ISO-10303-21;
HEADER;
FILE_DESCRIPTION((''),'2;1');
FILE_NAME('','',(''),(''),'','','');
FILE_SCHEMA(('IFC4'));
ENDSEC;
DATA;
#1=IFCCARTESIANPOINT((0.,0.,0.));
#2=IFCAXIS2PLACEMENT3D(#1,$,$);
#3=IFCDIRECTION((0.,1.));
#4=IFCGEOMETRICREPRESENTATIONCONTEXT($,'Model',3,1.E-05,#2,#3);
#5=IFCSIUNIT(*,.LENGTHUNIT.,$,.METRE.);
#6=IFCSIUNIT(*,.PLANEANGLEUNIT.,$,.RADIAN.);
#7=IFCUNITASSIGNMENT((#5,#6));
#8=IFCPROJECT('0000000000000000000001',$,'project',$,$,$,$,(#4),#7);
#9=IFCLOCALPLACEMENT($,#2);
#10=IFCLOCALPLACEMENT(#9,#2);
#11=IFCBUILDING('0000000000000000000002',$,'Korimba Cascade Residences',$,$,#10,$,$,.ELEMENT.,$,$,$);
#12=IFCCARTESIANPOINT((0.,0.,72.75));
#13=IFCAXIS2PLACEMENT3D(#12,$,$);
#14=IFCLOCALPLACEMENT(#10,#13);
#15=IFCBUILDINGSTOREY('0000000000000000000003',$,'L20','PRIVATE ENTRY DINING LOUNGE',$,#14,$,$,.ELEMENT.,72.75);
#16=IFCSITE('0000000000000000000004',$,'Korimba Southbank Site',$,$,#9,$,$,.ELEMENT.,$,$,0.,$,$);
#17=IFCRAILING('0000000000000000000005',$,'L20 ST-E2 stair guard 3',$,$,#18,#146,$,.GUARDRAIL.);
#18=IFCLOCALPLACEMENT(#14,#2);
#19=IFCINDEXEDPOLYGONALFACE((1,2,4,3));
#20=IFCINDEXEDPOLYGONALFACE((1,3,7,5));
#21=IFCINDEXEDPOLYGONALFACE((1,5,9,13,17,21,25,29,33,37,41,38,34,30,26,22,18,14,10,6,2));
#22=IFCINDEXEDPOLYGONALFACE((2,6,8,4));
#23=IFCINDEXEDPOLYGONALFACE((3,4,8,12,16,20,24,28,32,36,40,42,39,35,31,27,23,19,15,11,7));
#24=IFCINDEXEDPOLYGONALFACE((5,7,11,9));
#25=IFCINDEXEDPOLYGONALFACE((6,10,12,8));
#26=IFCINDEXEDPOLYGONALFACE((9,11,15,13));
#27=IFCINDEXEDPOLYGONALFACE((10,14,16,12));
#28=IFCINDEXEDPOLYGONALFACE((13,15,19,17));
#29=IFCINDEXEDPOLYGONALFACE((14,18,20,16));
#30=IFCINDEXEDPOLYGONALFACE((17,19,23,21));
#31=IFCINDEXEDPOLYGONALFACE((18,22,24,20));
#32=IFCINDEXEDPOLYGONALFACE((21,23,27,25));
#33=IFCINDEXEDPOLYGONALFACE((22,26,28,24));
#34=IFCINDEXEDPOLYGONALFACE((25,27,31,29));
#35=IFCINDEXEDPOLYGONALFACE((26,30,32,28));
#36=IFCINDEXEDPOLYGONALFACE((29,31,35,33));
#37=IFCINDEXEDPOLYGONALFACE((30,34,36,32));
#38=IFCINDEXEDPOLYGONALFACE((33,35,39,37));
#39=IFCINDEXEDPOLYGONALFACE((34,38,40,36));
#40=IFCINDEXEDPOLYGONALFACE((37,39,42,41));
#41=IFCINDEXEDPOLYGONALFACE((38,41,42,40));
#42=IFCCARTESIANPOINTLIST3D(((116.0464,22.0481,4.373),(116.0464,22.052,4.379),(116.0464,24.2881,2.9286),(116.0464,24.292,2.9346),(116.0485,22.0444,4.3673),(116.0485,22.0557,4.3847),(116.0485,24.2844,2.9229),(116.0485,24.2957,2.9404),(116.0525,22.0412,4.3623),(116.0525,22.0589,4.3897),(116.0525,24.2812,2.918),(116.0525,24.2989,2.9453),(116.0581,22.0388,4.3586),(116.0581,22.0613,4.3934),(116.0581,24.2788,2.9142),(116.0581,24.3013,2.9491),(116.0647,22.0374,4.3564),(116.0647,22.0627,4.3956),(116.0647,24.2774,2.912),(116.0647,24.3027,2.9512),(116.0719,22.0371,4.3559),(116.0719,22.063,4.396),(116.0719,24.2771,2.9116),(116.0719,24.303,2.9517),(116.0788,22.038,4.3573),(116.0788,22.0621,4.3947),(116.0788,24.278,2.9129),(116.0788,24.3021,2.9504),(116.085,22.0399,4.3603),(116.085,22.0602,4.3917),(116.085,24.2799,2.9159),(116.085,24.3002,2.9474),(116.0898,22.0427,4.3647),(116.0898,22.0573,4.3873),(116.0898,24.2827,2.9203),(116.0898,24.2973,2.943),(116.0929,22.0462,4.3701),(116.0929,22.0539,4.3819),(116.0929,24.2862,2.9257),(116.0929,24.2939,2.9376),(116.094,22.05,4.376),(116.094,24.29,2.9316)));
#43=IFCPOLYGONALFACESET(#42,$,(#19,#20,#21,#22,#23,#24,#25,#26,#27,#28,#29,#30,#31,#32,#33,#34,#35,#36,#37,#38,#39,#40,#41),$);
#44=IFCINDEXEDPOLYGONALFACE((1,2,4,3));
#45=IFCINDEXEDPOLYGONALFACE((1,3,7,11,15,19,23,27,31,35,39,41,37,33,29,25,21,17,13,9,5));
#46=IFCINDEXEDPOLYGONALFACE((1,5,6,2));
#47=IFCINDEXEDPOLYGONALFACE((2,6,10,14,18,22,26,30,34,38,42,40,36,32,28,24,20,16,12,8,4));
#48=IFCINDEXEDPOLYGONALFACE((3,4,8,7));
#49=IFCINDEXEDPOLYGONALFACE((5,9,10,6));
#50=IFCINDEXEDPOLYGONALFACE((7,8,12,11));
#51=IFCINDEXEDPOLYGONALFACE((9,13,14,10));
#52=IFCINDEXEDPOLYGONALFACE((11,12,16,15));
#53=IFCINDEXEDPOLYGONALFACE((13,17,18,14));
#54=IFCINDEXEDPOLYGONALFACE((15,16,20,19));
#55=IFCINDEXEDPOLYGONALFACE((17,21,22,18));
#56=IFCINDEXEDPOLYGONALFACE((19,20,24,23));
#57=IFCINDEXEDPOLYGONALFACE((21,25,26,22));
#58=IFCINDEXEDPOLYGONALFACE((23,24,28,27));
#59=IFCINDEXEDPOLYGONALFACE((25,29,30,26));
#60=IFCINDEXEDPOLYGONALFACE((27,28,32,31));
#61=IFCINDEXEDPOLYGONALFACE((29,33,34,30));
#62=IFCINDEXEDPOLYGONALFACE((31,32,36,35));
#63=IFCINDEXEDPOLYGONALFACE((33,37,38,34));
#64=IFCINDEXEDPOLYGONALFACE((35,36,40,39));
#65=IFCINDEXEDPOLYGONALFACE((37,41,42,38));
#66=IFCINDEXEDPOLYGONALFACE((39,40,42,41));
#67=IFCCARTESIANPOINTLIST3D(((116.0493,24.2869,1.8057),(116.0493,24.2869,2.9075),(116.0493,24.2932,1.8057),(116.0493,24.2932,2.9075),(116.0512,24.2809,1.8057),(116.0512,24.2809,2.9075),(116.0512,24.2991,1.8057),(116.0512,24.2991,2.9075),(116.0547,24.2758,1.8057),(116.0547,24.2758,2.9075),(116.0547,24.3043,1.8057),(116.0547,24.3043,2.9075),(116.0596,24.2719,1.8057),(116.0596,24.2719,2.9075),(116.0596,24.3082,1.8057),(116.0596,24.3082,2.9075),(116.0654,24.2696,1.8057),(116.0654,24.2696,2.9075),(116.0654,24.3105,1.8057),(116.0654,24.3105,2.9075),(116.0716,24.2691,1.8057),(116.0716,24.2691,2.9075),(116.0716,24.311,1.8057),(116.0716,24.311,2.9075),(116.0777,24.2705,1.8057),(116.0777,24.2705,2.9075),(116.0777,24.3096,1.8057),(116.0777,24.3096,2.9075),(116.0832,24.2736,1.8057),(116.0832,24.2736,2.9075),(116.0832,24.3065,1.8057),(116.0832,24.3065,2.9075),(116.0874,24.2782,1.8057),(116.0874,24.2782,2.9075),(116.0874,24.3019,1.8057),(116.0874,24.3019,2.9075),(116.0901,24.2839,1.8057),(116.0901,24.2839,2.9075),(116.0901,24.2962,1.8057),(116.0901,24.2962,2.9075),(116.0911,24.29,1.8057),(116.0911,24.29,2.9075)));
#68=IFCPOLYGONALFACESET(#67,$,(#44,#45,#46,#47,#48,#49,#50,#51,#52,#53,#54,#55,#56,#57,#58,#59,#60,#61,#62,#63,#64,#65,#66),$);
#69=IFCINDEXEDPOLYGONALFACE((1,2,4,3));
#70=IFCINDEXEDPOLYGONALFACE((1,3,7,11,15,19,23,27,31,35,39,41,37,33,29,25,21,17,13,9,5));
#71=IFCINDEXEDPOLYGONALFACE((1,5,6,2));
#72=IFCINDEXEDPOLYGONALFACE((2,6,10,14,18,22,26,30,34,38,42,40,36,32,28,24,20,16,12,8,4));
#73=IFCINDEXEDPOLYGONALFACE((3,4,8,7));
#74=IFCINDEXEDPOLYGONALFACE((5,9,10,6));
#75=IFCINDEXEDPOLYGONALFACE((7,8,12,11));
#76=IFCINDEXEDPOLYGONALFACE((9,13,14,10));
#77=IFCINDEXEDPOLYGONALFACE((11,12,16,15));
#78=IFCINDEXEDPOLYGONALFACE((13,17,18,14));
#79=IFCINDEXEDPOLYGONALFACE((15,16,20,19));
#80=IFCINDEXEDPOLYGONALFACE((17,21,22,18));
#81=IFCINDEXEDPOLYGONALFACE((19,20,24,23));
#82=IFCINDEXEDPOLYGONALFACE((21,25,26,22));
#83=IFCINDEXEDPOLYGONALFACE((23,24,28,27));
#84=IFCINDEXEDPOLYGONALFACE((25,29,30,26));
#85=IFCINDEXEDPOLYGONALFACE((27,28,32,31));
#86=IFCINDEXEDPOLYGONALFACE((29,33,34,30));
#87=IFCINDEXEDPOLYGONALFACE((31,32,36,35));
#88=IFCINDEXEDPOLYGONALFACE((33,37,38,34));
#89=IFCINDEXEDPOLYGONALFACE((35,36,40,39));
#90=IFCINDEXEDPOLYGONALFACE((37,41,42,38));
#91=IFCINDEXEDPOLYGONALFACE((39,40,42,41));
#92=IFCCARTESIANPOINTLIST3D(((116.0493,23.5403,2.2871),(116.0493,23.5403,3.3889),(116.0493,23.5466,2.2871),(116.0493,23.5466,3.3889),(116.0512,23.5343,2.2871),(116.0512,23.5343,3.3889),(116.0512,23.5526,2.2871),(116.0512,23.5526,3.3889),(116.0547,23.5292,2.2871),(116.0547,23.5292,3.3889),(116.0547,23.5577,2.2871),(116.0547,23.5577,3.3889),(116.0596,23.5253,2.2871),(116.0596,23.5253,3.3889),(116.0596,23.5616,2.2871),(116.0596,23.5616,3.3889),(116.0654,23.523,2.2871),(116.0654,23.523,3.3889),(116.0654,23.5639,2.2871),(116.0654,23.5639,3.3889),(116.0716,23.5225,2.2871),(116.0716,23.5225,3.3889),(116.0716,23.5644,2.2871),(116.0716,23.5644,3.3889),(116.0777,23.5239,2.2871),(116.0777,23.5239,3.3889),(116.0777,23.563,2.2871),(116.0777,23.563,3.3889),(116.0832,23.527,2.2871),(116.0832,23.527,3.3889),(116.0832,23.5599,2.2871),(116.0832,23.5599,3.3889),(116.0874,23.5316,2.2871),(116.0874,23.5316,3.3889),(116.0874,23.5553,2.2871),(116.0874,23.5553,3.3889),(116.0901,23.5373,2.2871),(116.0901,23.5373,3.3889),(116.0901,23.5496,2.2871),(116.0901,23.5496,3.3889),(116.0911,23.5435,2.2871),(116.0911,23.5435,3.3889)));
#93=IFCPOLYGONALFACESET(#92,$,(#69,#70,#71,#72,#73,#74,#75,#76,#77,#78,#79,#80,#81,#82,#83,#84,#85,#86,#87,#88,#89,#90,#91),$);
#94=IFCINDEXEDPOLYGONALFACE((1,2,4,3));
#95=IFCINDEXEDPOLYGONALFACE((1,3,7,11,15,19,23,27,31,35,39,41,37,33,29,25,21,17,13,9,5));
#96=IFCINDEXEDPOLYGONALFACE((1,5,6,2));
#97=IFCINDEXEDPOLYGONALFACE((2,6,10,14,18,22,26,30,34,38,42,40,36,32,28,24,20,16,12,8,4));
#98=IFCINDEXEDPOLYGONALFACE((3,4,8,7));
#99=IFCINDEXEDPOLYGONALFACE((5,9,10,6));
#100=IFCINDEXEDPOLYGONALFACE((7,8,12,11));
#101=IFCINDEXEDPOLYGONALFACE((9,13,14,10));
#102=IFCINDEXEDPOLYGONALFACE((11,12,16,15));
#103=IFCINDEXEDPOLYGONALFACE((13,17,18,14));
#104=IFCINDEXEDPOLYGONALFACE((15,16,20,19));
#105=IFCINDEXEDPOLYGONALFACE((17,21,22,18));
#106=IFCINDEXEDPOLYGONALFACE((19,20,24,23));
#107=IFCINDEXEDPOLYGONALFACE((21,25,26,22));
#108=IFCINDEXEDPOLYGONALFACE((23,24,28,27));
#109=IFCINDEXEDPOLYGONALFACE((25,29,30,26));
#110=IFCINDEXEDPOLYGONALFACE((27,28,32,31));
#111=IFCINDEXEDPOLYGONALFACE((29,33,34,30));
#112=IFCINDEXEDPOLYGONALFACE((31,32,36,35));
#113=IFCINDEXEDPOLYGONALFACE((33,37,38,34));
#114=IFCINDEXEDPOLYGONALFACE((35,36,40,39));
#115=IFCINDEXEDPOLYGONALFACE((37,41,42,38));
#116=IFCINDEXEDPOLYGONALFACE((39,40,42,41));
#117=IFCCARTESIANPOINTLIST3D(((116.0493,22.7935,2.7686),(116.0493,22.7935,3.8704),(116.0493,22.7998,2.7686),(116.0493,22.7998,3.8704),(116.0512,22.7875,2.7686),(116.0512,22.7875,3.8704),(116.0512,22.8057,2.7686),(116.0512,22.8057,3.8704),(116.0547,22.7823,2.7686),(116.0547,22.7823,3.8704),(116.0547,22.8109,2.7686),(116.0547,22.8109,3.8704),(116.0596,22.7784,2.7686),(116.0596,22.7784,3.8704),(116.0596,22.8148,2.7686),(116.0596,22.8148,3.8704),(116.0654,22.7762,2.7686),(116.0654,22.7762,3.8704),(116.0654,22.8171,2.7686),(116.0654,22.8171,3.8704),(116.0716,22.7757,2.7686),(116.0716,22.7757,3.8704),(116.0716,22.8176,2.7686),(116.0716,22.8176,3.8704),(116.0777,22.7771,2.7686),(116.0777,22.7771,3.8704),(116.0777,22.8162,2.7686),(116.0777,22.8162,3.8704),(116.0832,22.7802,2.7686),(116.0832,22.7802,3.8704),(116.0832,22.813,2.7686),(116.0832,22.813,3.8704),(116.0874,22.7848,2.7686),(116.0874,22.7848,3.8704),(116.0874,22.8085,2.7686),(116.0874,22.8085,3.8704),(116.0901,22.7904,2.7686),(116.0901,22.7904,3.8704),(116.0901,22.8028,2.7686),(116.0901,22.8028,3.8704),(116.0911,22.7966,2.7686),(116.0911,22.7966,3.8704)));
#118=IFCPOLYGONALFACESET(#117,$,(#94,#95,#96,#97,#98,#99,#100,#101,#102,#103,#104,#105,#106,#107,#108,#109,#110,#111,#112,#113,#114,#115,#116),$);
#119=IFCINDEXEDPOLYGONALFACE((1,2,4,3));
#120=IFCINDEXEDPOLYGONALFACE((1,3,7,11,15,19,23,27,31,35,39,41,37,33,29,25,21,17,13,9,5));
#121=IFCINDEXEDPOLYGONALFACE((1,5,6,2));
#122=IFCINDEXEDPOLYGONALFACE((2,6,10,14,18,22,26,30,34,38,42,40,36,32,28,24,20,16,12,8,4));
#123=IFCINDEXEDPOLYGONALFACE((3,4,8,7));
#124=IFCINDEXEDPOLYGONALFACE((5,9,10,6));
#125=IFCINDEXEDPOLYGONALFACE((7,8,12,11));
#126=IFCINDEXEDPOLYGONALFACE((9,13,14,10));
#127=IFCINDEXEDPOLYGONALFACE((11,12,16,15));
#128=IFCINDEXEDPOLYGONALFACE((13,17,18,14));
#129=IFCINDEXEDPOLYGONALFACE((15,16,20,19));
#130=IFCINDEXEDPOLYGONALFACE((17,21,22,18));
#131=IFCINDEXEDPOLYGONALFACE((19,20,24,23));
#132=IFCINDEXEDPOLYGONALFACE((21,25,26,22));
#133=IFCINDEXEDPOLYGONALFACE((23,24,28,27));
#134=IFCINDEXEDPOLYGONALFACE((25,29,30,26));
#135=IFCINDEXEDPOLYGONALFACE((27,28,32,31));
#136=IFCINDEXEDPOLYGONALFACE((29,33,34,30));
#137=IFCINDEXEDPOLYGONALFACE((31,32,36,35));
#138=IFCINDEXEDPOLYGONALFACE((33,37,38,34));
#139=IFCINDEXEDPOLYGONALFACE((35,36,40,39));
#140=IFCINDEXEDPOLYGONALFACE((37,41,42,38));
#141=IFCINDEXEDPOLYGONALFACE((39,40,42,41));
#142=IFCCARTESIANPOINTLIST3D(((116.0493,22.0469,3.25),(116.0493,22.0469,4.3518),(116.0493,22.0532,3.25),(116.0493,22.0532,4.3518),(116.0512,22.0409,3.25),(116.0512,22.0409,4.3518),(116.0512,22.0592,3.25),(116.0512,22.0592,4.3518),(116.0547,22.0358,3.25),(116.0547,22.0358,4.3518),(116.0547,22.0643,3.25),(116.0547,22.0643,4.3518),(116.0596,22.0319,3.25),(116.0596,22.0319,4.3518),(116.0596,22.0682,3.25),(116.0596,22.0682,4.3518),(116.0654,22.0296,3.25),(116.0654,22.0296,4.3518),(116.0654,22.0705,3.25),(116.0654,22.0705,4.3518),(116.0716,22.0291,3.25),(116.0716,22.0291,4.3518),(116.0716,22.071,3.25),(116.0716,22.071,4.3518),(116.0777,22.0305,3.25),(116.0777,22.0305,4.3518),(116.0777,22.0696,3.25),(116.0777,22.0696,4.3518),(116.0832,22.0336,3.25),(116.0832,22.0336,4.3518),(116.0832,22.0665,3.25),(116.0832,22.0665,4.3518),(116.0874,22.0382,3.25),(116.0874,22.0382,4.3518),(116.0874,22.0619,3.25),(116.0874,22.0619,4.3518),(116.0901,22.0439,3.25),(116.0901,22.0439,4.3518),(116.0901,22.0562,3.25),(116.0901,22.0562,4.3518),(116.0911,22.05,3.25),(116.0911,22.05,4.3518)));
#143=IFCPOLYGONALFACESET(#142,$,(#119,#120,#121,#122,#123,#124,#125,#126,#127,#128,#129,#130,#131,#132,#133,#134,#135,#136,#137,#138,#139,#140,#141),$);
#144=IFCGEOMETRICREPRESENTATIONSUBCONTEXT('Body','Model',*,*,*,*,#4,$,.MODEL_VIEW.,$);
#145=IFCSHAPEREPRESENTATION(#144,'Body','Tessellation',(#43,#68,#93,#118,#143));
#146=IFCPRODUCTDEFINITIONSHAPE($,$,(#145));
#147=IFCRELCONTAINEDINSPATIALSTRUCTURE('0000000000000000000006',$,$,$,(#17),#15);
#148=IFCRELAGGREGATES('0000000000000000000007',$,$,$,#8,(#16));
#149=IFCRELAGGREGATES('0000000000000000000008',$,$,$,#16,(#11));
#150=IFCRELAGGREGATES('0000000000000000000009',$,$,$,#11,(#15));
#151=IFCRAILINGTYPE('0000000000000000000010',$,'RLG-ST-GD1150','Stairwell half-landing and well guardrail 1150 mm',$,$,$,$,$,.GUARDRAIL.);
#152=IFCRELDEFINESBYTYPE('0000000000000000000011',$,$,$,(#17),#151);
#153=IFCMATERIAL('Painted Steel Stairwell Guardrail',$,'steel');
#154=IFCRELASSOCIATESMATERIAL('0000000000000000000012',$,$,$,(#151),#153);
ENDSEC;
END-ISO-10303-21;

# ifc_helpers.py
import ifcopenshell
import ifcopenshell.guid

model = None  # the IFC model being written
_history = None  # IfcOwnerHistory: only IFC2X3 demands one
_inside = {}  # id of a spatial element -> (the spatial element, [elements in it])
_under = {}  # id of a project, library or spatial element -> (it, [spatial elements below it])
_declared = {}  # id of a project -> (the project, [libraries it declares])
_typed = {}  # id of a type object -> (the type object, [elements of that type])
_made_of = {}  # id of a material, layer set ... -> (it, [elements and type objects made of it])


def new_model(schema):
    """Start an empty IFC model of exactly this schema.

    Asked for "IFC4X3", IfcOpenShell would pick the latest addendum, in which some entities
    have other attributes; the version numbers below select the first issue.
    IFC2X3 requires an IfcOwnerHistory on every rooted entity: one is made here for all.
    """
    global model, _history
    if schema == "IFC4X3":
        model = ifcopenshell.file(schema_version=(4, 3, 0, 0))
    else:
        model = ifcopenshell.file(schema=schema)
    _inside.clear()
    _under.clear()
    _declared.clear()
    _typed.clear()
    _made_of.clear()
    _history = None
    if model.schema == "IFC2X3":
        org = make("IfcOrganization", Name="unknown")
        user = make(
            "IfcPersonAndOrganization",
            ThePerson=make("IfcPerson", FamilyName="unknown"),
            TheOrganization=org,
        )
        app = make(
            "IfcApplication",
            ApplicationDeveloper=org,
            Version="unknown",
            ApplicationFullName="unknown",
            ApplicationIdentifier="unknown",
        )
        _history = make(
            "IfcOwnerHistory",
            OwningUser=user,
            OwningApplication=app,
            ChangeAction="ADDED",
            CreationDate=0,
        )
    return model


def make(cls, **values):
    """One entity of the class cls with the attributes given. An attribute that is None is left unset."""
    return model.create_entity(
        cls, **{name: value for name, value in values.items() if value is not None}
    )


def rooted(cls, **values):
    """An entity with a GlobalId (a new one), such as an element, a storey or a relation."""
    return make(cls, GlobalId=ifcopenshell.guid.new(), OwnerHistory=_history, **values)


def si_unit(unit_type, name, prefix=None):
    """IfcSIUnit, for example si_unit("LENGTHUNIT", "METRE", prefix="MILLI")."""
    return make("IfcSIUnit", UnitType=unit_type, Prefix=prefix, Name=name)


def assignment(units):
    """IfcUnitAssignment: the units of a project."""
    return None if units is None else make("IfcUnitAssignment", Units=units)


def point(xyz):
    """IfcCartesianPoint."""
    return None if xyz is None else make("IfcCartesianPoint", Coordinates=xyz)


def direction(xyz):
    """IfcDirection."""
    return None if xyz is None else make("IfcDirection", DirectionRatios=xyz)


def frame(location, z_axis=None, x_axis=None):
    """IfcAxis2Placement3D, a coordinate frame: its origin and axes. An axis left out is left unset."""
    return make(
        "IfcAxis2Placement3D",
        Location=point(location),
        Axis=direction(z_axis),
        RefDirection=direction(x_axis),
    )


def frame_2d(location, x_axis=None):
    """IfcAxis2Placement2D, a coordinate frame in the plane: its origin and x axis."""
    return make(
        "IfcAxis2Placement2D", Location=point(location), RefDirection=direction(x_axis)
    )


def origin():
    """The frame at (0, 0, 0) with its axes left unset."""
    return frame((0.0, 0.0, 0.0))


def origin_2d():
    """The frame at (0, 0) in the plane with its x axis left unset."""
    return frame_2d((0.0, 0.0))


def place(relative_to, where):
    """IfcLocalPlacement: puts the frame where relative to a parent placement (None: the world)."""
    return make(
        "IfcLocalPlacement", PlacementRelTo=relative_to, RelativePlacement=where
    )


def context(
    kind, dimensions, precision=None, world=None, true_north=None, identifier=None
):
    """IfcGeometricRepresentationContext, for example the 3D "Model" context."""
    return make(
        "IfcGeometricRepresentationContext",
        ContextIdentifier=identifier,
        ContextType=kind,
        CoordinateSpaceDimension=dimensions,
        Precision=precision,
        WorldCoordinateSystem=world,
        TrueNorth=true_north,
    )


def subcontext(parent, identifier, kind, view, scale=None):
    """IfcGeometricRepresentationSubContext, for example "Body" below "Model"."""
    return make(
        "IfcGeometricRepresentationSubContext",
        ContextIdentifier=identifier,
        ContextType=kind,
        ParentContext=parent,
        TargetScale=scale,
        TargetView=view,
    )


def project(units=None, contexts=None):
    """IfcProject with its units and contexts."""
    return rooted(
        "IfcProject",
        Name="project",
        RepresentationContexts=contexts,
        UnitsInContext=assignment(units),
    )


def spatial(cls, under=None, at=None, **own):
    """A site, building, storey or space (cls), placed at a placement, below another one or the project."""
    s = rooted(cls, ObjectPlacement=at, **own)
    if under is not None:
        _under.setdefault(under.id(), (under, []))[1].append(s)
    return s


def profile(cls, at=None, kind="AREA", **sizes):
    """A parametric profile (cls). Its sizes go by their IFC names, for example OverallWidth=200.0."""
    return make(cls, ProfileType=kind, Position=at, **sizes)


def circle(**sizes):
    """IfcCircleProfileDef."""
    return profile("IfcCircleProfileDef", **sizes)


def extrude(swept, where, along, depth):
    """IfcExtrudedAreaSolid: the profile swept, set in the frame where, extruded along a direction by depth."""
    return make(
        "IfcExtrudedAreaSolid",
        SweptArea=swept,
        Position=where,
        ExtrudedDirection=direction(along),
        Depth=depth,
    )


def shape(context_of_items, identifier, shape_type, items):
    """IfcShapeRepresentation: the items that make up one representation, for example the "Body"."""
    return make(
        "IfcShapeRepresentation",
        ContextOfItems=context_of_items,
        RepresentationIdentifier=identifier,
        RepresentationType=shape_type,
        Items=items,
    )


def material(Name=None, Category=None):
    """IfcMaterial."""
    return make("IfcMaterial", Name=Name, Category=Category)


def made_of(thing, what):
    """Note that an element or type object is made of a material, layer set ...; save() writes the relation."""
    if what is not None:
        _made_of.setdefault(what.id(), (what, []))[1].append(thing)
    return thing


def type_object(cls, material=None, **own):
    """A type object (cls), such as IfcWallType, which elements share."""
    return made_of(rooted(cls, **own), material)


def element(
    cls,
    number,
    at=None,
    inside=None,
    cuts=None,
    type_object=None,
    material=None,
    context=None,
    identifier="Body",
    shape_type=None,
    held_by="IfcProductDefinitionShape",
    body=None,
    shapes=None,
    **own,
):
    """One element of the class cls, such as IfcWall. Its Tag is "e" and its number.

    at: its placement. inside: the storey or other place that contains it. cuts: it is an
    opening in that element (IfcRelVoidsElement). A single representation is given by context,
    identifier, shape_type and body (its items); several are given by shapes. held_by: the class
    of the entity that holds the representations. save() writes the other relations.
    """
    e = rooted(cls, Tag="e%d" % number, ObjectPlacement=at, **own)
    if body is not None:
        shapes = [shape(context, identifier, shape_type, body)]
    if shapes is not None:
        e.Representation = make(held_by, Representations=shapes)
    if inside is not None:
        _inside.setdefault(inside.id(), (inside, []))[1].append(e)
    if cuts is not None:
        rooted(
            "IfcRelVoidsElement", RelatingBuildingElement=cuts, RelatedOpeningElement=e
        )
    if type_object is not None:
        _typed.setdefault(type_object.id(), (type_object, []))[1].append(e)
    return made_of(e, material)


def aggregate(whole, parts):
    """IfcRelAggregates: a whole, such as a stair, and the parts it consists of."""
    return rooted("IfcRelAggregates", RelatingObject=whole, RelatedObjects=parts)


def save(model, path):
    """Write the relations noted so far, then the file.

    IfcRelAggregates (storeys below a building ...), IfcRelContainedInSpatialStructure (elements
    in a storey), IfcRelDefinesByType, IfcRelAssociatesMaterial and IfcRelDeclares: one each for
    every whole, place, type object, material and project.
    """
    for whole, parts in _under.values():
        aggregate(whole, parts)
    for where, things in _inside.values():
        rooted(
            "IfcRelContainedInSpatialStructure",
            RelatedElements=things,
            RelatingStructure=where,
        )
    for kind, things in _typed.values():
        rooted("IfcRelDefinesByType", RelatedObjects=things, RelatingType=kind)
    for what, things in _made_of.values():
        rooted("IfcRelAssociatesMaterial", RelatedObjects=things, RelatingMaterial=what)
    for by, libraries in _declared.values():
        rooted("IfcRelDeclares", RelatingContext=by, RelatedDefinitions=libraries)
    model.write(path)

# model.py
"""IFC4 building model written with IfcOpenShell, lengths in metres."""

from ifc_helpers import new_model, si_unit, direction, frame, origin, origin_2d, place, context, subcontext, project, spatial, circle, extrude, material, type_object, element, save


model = new_model("IFC4")

# Units and contexts
model_context = context("Model", 3, precision=1e-05, world=origin(), true_north=direction((0.0, 1.0)))
body_context = subcontext(model_context, "Body", "Model", "MODEL_VIEW")
ifc_project = project(units=[si_unit("LENGTHUNIT", "METRE"), si_unit("PLANEANGLEUNIT", "RADIAN")], contexts=[model_context])

# Site, building, storey
site_placement = place(None, origin())
site = spatial("IfcSite", under=ifc_project, at=site_placement, Name="Korimba Southbank Site", CompositionType="ELEMENT", RefElevation=0.0)
building_placement = place(site_placement, origin())
building = spatial("IfcBuilding", under=site, at=building_placement, Name="Korimba Cascade Residences", CompositionType="ELEMENT")
storey_placement = place(building_placement, frame((0.0, 0.0, 72.75)))
storey = spatial("IfcBuildingStorey", under=building, at=storey_placement, Name="L20", Description="PRIVATE ENTRY DINING LOUNGE", CompositionType="ELEMENT", Elevation=72.75)

# Railing
ifc_material_1 = material(Name="Painted Steel Stairwell Guardrail", Category="steel")
railing_type_1 = type_object("IfcRailingType", Name="RLG-ST-GD1150", Description="Stairwell half-landing and well guardrail 1150 mm", PredefinedType="GUARDRAIL", material=ifc_material_1)
railing_1_placement = place(storey_placement, frame((116.0701, 24.29, 1.8057)))
element("IfcRailing", 1, at=railing_1_placement, inside=storey, type_object=railing_type_1, Name="L20 ST-E2 stair guard 3", PredefinedType="GUARDRAIL", context=body_context, shape_type="SweptSolid", body=[
    extrude(circle(Radius=0.0239, at=origin_2d()), frame((0.0, 0.0, 1.126), z_axis=(0.0, -0.840437, 0.54191), x_axis=(1.0, 0.0, 0.0)), (0.0, 0.0, 1.0), 2.6653),
    extrude(circle(Radius=0.021, at=origin_2d()), origin(), (0.0, 0.0, 1.0), 1.1018),
    extrude(circle(Radius=0.021, at=origin_2d()), frame((0.0, -0.7466, 0.4814)), (0.0, 0.0, 1.0), 1.1018),
    extrude(circle(Radius=0.021, at=origin_2d()), frame((0.0, -1.4934, 0.9629)), (0.0, 0.0, 1.0), 1.1018),
    extrude(circle(Radius=0.021, at=origin_2d()), frame((0.0, -2.24, 1.4443)), (0.0, 0.0, 1.0), 1.1018),
])

save(model, "model.ifc")
